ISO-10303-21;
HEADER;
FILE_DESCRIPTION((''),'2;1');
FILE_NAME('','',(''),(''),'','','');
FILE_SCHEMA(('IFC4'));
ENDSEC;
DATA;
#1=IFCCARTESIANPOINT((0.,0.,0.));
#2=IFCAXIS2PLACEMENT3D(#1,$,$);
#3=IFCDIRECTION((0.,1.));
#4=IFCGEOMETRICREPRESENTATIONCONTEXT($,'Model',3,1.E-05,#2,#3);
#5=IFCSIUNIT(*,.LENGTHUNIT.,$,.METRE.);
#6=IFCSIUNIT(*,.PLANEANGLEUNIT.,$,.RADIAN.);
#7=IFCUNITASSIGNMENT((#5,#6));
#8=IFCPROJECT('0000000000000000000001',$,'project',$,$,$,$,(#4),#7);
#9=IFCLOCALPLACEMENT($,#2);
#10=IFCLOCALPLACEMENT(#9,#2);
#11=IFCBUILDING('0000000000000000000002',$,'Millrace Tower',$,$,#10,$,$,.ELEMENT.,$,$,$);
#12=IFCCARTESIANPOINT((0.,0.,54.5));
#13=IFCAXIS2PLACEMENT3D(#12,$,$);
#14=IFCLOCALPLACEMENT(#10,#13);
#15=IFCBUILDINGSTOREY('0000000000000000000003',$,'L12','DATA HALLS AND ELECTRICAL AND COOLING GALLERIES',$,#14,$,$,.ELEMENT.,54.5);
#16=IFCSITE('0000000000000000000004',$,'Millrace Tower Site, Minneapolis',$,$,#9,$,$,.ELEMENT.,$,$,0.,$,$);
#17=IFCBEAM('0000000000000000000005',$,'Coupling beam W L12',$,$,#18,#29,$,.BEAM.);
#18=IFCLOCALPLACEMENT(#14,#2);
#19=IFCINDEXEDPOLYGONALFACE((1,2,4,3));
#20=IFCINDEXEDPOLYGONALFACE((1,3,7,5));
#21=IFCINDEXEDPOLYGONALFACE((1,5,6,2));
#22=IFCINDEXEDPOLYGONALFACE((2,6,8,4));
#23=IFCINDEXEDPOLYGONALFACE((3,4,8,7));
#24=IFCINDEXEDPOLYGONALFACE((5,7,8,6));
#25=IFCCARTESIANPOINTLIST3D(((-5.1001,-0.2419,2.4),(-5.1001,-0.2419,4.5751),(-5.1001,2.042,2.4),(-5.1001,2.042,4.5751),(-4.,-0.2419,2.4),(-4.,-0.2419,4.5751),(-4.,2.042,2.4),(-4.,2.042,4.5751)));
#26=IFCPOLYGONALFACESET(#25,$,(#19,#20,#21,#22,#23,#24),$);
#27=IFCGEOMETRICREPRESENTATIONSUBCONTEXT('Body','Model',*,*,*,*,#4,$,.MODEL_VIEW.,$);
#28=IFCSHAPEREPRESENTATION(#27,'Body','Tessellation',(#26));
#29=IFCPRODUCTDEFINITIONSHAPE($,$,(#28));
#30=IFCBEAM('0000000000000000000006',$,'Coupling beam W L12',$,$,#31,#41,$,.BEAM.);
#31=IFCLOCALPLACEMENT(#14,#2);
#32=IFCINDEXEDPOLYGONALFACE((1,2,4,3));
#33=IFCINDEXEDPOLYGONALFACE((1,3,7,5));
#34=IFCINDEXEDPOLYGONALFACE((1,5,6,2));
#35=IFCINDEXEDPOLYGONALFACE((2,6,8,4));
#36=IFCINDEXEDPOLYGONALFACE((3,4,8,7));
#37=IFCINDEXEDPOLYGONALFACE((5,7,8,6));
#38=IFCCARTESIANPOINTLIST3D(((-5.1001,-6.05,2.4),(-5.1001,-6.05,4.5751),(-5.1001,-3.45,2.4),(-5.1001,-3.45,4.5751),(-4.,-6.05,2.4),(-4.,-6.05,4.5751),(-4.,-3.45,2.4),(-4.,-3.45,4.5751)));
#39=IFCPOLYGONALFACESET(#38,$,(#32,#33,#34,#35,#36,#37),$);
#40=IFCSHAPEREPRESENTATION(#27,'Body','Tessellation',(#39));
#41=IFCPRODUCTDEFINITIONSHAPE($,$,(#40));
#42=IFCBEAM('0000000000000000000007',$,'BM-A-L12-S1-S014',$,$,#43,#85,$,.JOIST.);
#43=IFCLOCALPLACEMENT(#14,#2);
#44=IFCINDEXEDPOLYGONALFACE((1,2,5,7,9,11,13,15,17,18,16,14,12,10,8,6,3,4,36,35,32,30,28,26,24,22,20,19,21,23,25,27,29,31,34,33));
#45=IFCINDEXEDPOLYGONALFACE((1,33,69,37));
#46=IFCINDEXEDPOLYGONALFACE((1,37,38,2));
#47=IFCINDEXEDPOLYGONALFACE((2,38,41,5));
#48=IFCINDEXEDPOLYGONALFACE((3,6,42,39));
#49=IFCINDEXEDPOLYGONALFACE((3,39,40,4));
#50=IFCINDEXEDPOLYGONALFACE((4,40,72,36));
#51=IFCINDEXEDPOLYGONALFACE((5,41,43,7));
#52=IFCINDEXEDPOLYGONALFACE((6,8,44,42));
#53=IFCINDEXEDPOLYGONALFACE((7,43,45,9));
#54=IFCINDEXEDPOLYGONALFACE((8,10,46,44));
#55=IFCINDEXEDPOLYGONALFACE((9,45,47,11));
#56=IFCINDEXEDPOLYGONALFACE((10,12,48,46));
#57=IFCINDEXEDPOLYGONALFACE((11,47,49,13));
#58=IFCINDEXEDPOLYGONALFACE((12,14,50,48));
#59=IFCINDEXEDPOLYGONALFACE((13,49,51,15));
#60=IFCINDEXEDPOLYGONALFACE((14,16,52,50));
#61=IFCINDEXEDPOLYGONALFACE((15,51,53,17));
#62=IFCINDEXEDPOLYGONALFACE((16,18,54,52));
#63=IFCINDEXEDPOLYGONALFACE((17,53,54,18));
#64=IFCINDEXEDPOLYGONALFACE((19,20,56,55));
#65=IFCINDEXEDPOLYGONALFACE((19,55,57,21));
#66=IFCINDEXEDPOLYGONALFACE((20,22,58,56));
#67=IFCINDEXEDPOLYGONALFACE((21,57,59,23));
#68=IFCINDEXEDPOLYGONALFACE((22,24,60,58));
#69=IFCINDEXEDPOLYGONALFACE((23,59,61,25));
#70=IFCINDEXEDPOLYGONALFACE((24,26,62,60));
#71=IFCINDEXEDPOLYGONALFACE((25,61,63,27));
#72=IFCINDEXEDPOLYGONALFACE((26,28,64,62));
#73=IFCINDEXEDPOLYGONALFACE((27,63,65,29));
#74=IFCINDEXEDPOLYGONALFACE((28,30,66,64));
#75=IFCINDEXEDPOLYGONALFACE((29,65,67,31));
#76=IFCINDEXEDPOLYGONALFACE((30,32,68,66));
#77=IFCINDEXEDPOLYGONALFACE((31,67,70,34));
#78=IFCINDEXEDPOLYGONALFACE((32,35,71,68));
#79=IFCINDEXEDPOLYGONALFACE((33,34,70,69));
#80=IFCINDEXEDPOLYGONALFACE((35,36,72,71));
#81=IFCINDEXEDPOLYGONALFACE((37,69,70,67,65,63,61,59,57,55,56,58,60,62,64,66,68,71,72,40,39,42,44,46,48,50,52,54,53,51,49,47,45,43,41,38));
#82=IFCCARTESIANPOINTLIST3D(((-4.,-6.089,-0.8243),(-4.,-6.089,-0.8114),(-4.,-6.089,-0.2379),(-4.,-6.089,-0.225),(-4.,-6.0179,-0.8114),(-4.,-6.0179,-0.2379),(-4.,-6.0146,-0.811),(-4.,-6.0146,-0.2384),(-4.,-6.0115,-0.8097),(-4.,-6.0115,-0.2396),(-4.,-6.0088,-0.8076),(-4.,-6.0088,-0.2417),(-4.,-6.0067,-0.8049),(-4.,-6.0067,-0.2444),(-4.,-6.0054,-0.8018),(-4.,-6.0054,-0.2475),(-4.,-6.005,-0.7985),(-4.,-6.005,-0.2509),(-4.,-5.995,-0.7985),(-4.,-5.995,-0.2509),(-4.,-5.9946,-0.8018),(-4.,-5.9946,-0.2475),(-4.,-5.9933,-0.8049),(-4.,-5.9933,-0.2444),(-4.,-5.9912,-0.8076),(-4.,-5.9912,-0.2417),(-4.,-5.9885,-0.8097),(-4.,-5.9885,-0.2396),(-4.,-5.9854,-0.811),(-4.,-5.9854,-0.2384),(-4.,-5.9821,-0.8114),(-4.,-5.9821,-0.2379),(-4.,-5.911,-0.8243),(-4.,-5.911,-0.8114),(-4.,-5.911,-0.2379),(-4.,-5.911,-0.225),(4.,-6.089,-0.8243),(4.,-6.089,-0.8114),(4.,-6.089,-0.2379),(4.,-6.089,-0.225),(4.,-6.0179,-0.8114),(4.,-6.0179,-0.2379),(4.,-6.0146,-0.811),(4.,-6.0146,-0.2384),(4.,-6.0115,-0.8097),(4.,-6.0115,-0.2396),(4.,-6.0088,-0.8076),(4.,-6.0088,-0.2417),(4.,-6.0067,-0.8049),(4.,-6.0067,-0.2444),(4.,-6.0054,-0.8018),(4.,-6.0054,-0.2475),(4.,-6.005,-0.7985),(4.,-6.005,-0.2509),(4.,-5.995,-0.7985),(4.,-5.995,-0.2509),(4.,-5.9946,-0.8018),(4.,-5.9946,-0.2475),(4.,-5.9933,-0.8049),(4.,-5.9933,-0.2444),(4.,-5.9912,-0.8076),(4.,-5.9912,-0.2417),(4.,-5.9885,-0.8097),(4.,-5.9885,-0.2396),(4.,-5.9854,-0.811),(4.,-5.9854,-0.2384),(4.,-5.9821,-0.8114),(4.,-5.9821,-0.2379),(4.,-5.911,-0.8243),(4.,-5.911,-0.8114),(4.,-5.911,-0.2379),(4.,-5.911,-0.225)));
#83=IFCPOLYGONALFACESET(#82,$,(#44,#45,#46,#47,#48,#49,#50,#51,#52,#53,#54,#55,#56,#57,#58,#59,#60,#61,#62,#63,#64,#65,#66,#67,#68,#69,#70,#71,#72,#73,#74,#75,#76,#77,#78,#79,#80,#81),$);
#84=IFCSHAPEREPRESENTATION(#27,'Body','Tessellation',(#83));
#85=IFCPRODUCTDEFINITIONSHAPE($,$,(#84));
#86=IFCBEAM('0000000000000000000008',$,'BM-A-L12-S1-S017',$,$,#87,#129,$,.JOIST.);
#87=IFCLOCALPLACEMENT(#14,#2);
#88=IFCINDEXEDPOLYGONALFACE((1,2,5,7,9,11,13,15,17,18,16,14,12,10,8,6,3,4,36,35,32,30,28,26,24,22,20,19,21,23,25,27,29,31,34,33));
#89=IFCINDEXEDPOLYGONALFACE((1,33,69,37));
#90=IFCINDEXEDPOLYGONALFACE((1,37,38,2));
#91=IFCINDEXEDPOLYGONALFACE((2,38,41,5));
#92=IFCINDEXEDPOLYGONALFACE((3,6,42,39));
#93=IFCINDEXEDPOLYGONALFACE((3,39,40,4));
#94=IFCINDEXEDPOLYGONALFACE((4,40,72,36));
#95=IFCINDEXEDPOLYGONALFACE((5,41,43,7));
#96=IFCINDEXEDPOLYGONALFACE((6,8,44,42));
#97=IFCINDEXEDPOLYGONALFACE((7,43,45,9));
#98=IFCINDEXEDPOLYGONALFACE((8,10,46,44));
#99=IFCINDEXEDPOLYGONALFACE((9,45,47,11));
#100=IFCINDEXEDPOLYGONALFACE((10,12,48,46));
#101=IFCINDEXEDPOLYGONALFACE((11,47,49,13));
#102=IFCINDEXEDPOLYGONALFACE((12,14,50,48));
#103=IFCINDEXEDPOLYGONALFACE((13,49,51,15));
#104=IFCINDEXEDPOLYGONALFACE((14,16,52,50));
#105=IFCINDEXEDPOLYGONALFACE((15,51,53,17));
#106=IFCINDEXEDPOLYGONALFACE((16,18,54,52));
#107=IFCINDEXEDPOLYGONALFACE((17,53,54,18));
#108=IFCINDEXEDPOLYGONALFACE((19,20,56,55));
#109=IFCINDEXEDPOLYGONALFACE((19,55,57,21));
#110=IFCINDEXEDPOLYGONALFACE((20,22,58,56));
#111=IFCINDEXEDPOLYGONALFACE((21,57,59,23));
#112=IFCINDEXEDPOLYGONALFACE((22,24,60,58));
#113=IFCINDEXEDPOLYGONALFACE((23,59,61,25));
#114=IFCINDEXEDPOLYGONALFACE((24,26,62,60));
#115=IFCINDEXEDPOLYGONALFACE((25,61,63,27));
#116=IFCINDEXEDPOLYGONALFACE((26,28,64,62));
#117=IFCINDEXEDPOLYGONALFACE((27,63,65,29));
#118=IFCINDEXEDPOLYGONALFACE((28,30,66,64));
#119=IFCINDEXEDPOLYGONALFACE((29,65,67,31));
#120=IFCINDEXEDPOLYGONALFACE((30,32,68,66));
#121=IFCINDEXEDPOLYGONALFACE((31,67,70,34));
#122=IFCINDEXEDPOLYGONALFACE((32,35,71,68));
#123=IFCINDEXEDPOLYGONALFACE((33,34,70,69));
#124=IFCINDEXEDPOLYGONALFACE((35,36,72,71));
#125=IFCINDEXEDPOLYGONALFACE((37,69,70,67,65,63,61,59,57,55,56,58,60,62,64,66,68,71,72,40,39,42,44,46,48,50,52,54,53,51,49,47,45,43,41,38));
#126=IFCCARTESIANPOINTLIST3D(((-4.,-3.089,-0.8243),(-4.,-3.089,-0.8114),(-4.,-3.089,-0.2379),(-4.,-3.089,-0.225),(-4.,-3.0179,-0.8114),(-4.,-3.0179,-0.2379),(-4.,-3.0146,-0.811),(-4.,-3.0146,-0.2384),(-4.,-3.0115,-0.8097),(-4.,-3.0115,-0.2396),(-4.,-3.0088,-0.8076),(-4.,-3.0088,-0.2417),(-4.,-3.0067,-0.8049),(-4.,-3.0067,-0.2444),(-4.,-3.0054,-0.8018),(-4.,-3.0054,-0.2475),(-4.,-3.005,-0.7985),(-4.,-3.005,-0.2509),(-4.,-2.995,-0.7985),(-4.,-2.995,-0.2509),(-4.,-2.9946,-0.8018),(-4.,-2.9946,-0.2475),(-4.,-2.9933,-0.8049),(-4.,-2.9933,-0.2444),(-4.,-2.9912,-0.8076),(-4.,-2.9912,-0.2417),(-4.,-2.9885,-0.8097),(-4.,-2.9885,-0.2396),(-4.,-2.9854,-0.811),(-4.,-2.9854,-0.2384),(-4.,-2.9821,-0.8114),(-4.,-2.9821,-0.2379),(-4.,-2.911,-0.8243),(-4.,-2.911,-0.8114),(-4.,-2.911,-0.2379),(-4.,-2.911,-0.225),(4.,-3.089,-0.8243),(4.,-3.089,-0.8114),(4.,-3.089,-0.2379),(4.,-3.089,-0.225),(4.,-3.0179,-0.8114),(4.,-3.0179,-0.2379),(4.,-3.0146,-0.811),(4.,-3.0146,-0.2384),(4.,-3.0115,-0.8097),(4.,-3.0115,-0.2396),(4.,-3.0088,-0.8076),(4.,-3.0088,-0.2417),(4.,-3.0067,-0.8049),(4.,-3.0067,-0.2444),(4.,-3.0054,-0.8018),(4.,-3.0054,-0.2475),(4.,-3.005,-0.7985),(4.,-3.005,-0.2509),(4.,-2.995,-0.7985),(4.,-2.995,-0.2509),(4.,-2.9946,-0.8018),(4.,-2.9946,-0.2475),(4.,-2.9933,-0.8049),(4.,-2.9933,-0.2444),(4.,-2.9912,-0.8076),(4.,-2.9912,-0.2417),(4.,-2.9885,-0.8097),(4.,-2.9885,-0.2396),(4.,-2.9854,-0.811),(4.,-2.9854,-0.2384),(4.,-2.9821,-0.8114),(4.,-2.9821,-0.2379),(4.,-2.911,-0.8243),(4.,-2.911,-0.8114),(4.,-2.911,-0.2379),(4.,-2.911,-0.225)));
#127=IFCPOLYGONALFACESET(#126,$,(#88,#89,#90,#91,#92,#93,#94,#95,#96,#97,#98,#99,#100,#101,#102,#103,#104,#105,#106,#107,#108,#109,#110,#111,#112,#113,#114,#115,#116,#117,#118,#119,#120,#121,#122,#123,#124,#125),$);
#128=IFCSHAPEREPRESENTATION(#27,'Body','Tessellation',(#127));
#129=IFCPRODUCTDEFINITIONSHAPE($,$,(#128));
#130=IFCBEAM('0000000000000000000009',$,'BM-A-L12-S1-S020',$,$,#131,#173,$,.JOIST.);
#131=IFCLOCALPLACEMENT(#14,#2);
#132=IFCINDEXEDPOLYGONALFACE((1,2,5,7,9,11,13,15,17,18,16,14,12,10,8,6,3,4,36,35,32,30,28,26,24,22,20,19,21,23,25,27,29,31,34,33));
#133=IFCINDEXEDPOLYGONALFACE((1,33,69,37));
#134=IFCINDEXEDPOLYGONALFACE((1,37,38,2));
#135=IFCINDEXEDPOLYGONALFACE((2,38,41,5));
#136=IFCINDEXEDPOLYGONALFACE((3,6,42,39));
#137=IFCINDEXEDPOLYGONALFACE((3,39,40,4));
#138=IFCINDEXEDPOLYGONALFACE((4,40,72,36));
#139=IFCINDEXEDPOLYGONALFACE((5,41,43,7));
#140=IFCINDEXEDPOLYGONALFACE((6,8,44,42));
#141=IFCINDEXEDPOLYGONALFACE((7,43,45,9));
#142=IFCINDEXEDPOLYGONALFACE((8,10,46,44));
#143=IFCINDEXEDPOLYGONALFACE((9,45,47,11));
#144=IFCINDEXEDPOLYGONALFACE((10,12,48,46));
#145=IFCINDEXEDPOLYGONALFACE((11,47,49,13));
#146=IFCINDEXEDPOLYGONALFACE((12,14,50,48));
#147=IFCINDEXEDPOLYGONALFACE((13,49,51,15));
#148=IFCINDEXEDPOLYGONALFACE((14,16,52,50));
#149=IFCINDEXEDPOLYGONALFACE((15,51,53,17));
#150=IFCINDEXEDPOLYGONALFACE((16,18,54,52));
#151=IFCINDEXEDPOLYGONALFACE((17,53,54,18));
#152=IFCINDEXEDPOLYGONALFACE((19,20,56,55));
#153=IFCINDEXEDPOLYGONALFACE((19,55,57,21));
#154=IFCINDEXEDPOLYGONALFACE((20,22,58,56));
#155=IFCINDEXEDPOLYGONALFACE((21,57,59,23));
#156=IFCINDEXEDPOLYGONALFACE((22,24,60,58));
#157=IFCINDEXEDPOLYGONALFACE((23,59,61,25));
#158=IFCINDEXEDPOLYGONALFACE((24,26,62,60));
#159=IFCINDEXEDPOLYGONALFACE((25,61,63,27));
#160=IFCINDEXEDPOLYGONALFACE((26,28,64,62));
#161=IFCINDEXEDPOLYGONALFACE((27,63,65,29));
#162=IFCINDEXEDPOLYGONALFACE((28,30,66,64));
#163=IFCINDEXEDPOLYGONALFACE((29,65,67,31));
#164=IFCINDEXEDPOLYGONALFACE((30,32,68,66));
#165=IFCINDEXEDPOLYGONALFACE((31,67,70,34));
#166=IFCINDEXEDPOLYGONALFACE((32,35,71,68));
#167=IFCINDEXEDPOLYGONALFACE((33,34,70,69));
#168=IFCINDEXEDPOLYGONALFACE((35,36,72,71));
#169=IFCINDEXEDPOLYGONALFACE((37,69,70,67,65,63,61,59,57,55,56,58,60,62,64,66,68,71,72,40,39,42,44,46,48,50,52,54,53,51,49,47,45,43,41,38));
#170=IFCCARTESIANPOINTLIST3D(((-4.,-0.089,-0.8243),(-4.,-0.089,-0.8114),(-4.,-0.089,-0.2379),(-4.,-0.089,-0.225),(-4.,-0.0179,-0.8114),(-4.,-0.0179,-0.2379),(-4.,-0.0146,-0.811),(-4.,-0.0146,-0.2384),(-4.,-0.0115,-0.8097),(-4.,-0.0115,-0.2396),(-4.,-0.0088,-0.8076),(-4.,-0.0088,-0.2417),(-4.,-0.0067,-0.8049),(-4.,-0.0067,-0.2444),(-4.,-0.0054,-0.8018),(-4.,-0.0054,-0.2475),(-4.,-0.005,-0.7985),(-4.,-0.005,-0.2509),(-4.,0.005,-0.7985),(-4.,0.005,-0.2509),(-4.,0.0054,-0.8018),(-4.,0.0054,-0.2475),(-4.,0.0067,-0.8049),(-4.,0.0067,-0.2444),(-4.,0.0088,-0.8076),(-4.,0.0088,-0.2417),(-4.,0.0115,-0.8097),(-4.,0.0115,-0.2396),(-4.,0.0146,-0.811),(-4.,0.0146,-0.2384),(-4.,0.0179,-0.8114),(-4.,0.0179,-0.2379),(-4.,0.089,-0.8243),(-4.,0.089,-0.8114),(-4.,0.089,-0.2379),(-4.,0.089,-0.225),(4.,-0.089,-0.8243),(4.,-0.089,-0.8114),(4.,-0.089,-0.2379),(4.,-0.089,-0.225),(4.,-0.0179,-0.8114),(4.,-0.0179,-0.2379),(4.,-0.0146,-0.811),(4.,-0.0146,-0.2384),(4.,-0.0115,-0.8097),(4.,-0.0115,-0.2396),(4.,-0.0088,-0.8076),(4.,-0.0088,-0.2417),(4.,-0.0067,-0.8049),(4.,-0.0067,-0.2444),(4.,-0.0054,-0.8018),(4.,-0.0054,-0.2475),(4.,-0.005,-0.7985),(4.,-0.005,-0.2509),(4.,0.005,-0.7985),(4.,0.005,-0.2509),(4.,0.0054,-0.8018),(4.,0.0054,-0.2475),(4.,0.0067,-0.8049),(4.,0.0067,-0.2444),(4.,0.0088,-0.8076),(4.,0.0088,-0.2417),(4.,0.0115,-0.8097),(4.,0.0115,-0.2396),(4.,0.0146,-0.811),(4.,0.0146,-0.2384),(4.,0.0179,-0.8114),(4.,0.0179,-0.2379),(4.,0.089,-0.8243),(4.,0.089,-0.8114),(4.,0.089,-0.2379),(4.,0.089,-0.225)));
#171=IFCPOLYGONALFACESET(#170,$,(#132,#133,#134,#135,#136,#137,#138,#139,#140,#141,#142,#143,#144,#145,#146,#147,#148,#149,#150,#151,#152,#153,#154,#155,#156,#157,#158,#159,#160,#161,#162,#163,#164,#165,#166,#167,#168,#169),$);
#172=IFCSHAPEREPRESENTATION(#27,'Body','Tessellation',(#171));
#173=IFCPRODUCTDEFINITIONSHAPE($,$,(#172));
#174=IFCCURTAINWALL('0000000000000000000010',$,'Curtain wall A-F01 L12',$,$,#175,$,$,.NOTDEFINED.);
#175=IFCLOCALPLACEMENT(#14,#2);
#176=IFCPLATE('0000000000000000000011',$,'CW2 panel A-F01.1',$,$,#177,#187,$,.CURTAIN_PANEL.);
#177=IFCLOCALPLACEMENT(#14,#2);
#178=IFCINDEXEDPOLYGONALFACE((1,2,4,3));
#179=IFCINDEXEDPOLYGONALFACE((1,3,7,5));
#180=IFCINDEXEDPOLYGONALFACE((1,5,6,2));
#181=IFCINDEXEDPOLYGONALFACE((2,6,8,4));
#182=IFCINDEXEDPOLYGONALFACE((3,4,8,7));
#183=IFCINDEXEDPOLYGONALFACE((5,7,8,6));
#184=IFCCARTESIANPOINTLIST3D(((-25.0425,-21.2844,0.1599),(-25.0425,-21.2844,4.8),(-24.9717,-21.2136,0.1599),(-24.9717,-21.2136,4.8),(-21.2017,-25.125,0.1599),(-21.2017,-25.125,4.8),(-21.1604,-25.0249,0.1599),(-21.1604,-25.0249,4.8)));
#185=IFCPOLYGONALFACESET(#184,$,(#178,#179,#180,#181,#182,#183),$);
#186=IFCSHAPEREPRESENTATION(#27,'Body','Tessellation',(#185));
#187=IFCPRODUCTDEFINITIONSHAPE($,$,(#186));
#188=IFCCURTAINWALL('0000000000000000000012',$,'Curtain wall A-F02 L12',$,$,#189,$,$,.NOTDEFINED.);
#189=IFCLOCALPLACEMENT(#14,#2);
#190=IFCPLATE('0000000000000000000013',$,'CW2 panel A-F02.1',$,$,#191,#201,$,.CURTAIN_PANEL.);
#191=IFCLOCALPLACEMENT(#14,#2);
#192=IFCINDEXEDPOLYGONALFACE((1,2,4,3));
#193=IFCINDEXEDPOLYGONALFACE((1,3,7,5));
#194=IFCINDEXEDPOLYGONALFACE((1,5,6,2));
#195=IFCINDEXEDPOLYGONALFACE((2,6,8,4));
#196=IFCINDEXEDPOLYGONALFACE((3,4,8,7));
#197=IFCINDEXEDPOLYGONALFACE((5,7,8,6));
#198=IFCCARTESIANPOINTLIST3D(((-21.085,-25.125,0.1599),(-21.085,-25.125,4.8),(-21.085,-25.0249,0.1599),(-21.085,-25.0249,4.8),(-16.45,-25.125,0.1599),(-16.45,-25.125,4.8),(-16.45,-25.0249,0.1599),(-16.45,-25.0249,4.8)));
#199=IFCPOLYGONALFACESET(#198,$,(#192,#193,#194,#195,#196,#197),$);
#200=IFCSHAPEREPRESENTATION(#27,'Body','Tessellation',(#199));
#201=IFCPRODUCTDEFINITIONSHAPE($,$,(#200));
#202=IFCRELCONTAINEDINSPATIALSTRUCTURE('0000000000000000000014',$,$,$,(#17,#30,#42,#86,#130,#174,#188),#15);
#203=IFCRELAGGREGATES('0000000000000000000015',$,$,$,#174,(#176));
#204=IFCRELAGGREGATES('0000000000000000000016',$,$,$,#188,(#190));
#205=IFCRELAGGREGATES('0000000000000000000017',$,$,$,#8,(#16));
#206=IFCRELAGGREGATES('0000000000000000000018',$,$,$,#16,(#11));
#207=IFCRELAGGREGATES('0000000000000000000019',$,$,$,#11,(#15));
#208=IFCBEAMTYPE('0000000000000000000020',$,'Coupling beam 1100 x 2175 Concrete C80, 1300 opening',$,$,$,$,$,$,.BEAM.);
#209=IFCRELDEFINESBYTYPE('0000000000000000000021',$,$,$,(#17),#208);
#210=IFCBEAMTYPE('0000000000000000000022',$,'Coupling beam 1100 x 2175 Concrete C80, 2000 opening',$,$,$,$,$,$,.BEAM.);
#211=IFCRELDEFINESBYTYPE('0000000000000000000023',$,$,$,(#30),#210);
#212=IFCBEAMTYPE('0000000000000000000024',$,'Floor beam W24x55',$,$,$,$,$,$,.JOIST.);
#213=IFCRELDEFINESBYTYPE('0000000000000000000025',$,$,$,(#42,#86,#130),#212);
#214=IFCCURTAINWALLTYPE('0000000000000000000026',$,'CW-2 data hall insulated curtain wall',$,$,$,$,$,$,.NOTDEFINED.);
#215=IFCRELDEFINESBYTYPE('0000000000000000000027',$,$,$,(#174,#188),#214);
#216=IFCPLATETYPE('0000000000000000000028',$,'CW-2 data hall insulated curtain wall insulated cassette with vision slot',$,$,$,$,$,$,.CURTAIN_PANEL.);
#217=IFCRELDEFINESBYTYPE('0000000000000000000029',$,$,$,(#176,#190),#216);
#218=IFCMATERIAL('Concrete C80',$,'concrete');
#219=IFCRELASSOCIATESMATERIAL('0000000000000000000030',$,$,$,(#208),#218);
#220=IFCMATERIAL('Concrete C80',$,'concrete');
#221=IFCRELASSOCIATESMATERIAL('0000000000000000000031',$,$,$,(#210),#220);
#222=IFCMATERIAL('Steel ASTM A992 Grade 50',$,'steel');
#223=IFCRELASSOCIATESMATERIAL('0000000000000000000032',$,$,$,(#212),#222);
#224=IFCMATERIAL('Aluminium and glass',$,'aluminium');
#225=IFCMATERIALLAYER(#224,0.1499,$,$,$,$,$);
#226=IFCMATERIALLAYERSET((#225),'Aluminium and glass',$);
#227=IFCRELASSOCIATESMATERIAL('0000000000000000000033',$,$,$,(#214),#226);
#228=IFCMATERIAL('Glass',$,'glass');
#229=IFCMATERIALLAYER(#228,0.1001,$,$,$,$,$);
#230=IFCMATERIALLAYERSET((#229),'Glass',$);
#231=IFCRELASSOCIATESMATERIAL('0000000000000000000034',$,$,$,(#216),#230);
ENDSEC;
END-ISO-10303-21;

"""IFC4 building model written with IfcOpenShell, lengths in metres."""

from ifc_helpers import new_model, si_unit, direction, frame, origin, origin_2d, place, context, subcontext, project, spatial, polyline, rectangle, i_section, outline, extrude, material, layer, layer_set, material_profile, profile_set, type_object, element, aggregate, save


model = new_model("IFC4")

# Units and contexts
model_context = context("Model", 3, precision=1e-05, world=origin(), true_north=direction((0.0, 1.0)))
body_context = subcontext(model_context, "Body", "Model", "MODEL_VIEW")
ifc_project = project(units=[si_unit("LENGTHUNIT", "METRE"), si_unit("PLANEANGLEUNIT", "RADIAN")], contexts=[model_context])

# Site, building, storey
site_placement = place(None, origin())
site = spatial("IfcSite", under=ifc_project, at=site_placement, Name="Millrace Tower Site, Minneapolis", CompositionType="ELEMENT", RefElevation=0.0)
building_placement = place(site_placement, origin())
building = spatial("IfcBuilding", under=site, at=building_placement, Name="Millrace Tower", CompositionType="ELEMENT")
storey_placement = place(building_placement, frame((0.0, 0.0, 54.5)))
storey = spatial("IfcBuildingStorey", under=building, at=storey_placement, Name="L12", Description="DATA HALLS AND ELECTRICAL AND COOLING GALLERIES", CompositionType="ELEMENT", Elevation=54.5)

# Beams
ifc_material_1 = material(Name="Concrete C80", Category="concrete")
ifc_material_profile_1 = material_profile(ifc_material_1, rectangle(XDim=1.1001, YDim=2.175, at=origin_2d()))
ifc_profile_set_1 = profile_set([ifc_material_profile_1], Name="Concrete C80")
beam_type_1 = type_object("IfcBeamType", Name="Coupling beam 1100 x 2175 Concrete C80, 1300 opening", PredefinedType="BEAM", material=ifc_profile_set_1)
beam_1_placement = place(storey_placement, frame((-4.55, -0.2419, 3.4875), z_axis=(0.0, 1.0, 0.0), x_axis=(-1.0, 0.0, 0.0)))
element("IfcBeam", 1, at=beam_1_placement, inside=storey, type_object=beam_type_1, Name="Coupling beam W L12", PredefinedType="BEAM", context=body_context, shape_type="SweptSolid", body=[
    extrude(rectangle(XDim=1.1001, YDim=2.175, at=origin_2d()), origin(), (0.0, 0.0, 1.0), 2.2839),
])
ifc_material_2 = material(Name="Concrete C80", Category="concrete")
ifc_material_profile_2 = material_profile(ifc_material_2, rectangle(XDim=1.1001, YDim=2.175, at=origin_2d()))
ifc_profile_set_2 = profile_set([ifc_material_profile_2], Name="Concrete C80")
beam_type_2 = type_object("IfcBeamType", Name="Coupling beam 1100 x 2175 Concrete C80, 2000 opening", PredefinedType="BEAM", material=ifc_profile_set_2)
beam_2_placement = place(storey_placement, frame((-4.55, -6.05, 3.4875), z_axis=(0.0, 1.0, 0.0), x_axis=(-1.0, 0.0, 0.0)))
element("IfcBeam", 2, at=beam_2_placement, inside=storey, type_object=beam_type_2, Name="Coupling beam W L12", PredefinedType="BEAM", context=body_context, shape_type="SweptSolid", body=[
    extrude(rectangle(XDim=1.1001, YDim=2.175, at=origin_2d()), origin(), (0.0, 0.0, 1.0), 2.6001),
])
ifc_material_3 = material(Name="Steel ASTM A992 Grade 50", Category="steel")
ifc_material_profile_3 = material_profile(ifc_material_3, i_section(OverallWidth=0.178, OverallDepth=0.5994, WebThickness=0.01, FlangeThickness=0.0129, FilletRadius=0.0129, at=origin_2d()))
ifc_profile_set_3 = profile_set([ifc_material_profile_3], Name="Steel ASTM A992 Grade 50")
beam_type_3 = type_object("IfcBeamType", Name="Floor beam W24x55", PredefinedType="JOIST", material=ifc_profile_set_3)
for number, where, z_axis, x_axis, name in (
    (3, (-4.0, -6.0, -0.5247), (1.0, 0.0, 0.0), (0.0, 1.0, 0.0), "BM-A-L12-S1-S014"),
    (4, (-4.0, -3.0, -0.5247), (1.0, 0.0, 0.0), (0.0, 1.0, 0.0), "BM-A-L12-S1-S017"),
    (5, (-4.0, 0.0, -0.5247), (1.0, 0.0, 0.0), (0.0, 1.0, 0.0), "BM-A-L12-S1-S020"),
):
    element("IfcBeam", number, at=place(storey_placement, frame(where, z_axis=z_axis, x_axis=x_axis)), inside=storey, type_object=beam_type_3, Name=name, PredefinedType="JOIST", context=body_context, shape_type="SweptSolid", body=[
        extrude(i_section(OverallWidth=0.178, OverallDepth=0.5994, WebThickness=0.01, FlangeThickness=0.0129, FilletRadius=0.0129, at=origin_2d()), origin(), (0.0, 0.0, 1.0), 8.0),
    ])

# Curtain wall, plate
ifc_material_4 = material(Name="Aluminium and glass", Category="aluminium")
ifc_layer_1 = layer(ifc_material_4, 0.1499)
ifc_layer_set_1 = layer_set([ifc_layer_1], Name="Aluminium and glass")
curtain_wall_type = type_object("IfcCurtainWallType", Name="CW-2 data hall insulated curtain wall", PredefinedType="NOTDEFINED", material=ifc_layer_set_1)
placement_1 = place(storey_placement, origin())
curtain_wall_1 = element("IfcCurtainWall", 6, at=placement_1, inside=storey, type_object=curtain_wall_type, Name="Curtain wall A-F01 L12", PredefinedType="NOTDEFINED")
ifc_material_5 = material(Name="Glass", Category="glass")
ifc_layer_2 = layer(ifc_material_5, 0.1001)
ifc_layer_set_2 = layer_set([ifc_layer_2], Name="Glass")
plate_type = type_object("IfcPlateType", Name="CW-2 data hall insulated curtain wall insulated cassette with vision slot", PredefinedType="CURTAIN_PANEL", material=ifc_layer_set_2)
placement_2 = place(storey_placement, frame((0.0, 0.0, 0.1599)))
plate_1 = element("IfcPlate", 7, at=placement_2, type_object=plate_type, Name="CW2 panel A-F01.1", PredefinedType="CURTAIN_PANEL", context=body_context, shape_type="SweptSolid", body=[
    extrude(outline(polyline([(-25.0425, -21.2844), (-21.2017, -25.125), (-21.1604, -25.0249), (-24.9717, -21.2136), (-25.0425, -21.2844)])), origin(), (0.0, 0.0, 1.0), 4.6401),
])
aggregate(curtain_wall_1, [plate_1])

# Curtain wall, plate
curtain_wall_2 = element("IfcCurtainWall", 8, at=placement_1, inside=storey, type_object=curtain_wall_type, Name="Curtain wall A-F02 L12", PredefinedType="NOTDEFINED")
plate_2 = element("IfcPlate", 9, at=placement_2, type_object=plate_type, Name="CW2 panel A-F02.1", PredefinedType="CURTAIN_PANEL", context=body_context, shape_type="SweptSolid", body=[
    extrude(outline(polyline([(-21.085, -25.125), (-16.45, -25.125), (-16.45, -25.0249), (-21.085, -25.0249), (-21.085, -25.125)])), origin(), (0.0, 0.0, 1.0), 4.6401),
])
aggregate(curtain_wall_2, [plate_2])

save(model, "model.ifc")
